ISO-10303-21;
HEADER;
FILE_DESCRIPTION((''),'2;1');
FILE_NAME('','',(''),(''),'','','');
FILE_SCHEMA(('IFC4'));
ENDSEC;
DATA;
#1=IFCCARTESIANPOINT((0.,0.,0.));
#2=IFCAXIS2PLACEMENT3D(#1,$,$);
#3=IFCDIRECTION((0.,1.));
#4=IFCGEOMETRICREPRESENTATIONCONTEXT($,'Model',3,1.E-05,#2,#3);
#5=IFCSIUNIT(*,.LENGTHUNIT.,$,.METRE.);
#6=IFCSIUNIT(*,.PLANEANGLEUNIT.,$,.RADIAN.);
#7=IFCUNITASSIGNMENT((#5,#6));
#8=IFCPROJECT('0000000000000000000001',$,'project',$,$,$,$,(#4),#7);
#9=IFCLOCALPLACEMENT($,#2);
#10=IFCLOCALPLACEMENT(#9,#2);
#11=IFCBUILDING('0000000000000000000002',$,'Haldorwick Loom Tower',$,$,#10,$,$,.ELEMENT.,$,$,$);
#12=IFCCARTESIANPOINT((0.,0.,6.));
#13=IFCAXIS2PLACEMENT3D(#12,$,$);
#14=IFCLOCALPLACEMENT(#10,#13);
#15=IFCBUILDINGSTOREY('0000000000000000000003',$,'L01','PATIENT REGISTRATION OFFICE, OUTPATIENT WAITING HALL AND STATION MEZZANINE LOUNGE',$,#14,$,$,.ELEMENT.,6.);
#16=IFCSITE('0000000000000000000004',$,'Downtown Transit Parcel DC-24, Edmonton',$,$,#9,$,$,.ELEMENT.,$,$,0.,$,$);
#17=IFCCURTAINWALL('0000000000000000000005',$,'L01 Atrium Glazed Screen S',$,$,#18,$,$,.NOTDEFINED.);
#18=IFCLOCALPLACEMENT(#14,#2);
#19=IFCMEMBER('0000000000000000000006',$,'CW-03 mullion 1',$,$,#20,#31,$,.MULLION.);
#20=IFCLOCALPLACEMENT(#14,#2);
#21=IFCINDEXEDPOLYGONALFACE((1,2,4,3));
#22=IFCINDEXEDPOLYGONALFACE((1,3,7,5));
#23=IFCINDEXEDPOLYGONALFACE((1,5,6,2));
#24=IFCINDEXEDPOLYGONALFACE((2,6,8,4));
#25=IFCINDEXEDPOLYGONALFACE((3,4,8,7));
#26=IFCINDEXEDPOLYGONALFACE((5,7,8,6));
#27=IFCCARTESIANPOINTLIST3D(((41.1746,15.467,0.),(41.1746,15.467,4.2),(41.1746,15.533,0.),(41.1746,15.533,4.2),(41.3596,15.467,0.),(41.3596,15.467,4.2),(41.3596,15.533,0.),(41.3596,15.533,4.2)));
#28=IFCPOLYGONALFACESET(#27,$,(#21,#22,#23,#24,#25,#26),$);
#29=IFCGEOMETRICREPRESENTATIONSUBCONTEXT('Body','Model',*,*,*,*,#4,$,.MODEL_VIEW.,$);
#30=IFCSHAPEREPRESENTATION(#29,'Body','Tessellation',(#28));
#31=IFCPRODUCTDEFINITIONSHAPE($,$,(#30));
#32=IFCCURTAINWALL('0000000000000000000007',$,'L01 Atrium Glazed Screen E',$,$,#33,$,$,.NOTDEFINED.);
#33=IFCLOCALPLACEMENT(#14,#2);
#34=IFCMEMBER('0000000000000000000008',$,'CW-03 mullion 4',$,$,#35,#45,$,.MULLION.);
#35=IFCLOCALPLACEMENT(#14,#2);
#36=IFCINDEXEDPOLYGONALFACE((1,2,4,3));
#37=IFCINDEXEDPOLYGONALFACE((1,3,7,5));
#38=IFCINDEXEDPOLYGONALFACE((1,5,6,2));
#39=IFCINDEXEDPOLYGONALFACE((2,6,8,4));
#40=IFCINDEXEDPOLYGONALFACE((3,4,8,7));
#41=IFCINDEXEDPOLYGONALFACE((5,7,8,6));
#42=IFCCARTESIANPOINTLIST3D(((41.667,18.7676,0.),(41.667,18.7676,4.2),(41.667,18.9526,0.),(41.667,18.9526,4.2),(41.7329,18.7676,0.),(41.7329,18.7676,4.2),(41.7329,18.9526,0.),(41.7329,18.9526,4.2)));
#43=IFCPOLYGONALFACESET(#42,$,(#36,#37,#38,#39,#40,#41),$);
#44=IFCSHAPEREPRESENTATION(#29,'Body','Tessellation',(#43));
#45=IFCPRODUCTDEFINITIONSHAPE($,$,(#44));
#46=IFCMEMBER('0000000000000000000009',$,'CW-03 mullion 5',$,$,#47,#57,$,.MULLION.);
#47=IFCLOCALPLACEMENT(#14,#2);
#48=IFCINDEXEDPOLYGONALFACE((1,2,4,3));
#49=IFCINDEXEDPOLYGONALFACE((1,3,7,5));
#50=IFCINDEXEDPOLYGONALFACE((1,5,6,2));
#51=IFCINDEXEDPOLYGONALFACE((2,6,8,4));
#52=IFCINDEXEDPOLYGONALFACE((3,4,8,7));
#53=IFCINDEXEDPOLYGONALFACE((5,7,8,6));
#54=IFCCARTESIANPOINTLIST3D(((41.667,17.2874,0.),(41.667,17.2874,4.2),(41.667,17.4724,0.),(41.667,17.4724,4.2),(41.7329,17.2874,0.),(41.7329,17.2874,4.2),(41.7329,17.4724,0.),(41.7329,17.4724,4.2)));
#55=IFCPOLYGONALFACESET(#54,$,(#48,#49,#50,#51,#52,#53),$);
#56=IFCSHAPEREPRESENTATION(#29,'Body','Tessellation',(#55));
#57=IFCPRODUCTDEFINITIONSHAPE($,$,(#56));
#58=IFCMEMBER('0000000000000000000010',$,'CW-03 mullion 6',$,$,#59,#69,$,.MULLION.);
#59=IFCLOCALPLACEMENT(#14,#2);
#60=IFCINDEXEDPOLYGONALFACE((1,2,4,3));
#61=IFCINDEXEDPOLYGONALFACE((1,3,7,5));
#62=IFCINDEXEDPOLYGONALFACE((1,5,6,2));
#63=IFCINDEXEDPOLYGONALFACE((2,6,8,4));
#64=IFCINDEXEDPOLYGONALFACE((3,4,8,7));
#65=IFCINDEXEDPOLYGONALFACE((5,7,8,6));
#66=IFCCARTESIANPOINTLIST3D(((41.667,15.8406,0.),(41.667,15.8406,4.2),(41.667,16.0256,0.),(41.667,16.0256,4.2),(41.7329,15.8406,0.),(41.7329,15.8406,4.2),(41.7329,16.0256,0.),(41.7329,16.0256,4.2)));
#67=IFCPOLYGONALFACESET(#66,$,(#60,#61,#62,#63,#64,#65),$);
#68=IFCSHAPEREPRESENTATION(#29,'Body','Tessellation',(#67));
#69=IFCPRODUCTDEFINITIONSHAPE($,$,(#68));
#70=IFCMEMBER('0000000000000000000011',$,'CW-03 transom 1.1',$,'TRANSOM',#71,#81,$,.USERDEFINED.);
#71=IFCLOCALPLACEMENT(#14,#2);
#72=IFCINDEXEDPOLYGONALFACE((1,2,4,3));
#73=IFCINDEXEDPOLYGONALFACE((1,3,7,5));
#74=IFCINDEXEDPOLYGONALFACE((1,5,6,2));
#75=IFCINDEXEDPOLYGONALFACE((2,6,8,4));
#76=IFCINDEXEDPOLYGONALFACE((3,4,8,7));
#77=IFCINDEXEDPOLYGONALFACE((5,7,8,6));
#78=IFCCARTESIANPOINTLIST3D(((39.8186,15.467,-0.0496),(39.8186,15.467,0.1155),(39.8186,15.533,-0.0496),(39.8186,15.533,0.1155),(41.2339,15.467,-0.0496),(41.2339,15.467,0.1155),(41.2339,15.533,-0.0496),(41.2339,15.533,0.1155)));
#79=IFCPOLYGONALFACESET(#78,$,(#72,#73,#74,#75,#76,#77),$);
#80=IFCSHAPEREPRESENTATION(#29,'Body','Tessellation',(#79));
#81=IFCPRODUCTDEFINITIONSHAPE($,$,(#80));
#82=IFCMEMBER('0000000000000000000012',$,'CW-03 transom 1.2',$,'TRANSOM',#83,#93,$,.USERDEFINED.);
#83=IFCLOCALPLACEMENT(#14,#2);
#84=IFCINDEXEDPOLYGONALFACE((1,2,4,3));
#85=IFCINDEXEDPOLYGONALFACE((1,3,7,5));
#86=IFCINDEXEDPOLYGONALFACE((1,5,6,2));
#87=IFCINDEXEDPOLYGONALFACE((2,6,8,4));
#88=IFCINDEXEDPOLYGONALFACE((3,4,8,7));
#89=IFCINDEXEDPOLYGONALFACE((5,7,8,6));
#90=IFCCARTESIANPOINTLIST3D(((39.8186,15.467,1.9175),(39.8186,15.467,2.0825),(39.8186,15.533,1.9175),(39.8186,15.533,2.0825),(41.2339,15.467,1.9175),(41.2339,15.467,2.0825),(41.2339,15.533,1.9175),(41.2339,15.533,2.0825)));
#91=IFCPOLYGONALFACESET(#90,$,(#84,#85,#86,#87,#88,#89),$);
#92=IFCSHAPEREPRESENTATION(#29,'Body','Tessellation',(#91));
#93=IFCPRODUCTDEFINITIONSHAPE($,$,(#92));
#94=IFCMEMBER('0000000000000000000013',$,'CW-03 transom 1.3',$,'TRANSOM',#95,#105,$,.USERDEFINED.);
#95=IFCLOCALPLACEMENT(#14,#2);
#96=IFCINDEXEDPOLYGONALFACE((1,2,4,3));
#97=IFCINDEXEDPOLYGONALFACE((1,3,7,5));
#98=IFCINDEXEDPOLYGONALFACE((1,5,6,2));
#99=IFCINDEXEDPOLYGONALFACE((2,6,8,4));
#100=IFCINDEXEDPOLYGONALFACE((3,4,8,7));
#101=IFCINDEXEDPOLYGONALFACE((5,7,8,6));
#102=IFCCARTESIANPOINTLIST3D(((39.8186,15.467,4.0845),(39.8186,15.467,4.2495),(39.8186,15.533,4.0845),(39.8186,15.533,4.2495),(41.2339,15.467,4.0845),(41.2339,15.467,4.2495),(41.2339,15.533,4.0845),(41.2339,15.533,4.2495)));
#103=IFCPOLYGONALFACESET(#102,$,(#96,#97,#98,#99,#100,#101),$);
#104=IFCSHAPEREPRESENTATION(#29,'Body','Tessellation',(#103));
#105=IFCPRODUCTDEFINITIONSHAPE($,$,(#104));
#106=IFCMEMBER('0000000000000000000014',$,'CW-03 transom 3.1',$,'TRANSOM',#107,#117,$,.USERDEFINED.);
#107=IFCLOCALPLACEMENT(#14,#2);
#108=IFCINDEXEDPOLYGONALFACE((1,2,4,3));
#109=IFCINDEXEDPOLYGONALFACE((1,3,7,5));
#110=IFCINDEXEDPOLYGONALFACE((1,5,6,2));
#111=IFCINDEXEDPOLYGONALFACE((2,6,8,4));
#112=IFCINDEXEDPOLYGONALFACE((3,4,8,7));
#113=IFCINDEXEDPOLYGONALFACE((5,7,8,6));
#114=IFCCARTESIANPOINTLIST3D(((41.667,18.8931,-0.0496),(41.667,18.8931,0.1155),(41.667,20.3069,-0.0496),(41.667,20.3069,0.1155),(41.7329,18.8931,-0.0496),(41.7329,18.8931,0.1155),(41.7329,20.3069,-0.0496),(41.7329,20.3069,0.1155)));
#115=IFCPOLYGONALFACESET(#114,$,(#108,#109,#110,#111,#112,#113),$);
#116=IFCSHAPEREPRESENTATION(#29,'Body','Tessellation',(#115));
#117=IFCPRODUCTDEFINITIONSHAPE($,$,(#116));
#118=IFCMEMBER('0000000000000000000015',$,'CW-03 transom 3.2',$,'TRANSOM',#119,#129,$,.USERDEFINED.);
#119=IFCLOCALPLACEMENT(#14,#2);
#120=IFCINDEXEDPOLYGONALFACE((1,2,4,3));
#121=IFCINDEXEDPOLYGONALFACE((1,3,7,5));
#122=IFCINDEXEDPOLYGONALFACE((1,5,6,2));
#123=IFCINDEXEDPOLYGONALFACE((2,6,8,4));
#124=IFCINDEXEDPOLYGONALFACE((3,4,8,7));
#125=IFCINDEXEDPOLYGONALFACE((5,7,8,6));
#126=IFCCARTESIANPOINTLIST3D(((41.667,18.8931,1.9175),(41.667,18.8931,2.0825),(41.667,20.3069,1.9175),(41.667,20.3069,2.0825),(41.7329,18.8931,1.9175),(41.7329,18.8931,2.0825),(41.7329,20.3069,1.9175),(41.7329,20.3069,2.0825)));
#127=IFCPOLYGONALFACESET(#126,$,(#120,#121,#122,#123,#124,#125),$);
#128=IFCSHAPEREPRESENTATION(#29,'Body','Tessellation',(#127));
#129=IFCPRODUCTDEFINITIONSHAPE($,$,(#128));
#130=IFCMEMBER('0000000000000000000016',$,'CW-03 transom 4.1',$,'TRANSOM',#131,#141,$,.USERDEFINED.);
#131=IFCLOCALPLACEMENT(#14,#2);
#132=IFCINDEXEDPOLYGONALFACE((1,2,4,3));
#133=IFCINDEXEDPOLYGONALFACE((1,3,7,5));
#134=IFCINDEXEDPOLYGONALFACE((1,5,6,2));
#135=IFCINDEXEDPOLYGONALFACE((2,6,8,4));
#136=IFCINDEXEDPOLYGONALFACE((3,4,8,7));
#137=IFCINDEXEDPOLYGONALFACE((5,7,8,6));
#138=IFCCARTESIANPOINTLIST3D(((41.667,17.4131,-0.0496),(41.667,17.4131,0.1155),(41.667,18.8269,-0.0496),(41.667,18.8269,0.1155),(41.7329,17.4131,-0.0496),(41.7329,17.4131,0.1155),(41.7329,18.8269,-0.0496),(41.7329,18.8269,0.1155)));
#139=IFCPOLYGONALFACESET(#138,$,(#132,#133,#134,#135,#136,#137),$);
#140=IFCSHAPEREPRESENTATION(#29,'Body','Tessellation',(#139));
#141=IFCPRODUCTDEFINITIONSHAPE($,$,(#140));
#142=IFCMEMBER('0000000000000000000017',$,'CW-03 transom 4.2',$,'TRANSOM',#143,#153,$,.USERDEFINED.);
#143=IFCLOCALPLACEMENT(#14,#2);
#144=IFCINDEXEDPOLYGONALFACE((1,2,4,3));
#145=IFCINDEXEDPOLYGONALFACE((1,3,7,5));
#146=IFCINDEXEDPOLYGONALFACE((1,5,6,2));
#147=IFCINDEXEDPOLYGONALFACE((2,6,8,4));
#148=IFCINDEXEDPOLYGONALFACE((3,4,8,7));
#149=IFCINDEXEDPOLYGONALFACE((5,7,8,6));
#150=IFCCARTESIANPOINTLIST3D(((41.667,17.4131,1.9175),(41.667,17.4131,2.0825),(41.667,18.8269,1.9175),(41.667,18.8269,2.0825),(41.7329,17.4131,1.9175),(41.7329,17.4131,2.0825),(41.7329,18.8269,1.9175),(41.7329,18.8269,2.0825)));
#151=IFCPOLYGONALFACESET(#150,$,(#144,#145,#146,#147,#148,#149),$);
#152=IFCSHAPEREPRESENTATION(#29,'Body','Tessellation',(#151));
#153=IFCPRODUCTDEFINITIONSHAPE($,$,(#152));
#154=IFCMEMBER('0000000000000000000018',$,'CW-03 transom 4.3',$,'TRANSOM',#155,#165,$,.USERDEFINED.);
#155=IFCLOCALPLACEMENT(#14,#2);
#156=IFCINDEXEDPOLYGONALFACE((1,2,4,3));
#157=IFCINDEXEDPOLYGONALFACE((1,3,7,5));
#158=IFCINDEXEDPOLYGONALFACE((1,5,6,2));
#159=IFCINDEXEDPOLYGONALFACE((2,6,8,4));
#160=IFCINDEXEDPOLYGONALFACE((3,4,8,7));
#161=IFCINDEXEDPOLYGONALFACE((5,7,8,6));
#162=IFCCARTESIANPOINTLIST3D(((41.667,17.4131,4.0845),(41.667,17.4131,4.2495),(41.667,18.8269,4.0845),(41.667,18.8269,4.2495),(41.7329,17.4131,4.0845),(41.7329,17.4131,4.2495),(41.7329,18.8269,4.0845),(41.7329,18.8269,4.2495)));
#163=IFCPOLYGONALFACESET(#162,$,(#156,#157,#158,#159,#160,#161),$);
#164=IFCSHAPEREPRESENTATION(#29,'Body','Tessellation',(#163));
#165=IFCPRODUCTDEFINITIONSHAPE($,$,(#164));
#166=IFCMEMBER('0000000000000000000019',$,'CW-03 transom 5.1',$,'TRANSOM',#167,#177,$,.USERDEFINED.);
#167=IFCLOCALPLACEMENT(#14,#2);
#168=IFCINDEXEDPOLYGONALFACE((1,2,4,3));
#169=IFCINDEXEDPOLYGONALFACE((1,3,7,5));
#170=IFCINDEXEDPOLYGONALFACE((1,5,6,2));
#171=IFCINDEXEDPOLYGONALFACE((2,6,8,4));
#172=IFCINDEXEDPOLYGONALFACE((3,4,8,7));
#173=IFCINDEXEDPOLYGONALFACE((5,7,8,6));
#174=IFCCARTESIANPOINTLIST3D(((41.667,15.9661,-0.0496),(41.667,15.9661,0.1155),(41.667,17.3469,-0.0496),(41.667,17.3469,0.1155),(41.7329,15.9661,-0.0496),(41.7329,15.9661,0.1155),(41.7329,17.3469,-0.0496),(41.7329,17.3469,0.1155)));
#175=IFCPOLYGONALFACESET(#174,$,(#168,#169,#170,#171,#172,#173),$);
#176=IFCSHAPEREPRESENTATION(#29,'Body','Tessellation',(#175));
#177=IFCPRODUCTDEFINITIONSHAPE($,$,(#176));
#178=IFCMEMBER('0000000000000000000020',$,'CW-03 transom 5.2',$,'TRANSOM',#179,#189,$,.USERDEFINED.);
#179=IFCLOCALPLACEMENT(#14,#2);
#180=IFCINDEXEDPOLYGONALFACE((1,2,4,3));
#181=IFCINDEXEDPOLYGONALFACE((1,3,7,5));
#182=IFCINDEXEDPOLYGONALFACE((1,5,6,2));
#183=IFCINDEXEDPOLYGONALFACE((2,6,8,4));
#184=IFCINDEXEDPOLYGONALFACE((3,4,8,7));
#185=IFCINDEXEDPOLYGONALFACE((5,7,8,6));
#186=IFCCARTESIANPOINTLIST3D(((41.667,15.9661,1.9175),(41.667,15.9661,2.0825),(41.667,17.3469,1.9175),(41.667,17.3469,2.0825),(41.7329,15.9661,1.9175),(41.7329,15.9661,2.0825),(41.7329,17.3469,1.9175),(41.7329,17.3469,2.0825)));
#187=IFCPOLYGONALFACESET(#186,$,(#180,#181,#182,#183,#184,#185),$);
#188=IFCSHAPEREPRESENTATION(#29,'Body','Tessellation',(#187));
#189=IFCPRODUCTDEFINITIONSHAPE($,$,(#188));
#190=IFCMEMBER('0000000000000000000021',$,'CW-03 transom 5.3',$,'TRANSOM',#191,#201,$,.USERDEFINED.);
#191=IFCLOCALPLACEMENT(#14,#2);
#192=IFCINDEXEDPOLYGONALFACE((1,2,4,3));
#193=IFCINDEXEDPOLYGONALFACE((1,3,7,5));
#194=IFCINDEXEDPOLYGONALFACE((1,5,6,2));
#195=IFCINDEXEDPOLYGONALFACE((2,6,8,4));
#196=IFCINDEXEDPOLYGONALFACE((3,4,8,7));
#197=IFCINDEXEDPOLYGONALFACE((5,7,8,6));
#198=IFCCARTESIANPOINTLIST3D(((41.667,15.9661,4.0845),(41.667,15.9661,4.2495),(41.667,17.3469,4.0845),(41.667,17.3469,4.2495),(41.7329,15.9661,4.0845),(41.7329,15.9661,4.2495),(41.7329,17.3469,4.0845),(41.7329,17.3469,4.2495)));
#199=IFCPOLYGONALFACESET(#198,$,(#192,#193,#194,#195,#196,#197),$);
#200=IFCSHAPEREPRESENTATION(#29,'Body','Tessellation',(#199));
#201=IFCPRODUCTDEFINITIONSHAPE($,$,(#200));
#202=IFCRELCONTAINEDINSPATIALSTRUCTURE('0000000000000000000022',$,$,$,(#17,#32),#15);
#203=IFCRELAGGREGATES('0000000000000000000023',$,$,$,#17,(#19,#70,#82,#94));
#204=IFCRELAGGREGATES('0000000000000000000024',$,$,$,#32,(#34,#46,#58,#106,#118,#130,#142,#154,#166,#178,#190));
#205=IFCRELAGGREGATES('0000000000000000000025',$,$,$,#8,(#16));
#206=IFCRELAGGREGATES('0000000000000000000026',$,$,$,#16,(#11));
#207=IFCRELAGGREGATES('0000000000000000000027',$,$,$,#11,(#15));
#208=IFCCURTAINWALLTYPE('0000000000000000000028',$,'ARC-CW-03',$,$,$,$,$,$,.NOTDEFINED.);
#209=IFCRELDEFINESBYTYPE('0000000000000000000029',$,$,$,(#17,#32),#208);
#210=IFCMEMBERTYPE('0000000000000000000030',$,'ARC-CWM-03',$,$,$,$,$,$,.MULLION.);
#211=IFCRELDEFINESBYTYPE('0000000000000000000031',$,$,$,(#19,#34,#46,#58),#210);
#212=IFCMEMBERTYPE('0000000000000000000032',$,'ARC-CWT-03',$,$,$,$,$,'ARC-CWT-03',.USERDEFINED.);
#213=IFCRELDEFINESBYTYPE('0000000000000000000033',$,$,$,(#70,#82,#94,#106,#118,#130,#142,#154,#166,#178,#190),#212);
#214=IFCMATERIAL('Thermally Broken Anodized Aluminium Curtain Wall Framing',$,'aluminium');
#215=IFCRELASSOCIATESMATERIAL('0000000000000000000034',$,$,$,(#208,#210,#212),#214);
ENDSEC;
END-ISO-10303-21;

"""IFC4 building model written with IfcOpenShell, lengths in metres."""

from ifc_helpers import new_model, si_unit, direction, frame, origin, origin_2d, place, context, subcontext, project, spatial, rectangle, extrude, material, material_profile, profile_set, type_object, element, aggregate, save


model = new_model("IFC4")

# Units and contexts
model_context = context("Model", 3, precision=1e-05, world=origin(), true_north=direction((0.0, 1.0)))
body_context = subcontext(model_context, "Body", "Model", "MODEL_VIEW")
ifc_project = project(units=[si_unit("LENGTHUNIT", "METRE"), si_unit("PLANEANGLEUNIT", "RADIAN")], contexts=[model_context])

# Site, building, storey
site_placement = place(None, origin())
site = spatial("IfcSite", under=ifc_project, at=site_placement, Name="Downtown Transit Parcel DC-24, Edmonton", CompositionType="ELEMENT", RefElevation=0.0)
building_placement = place(site_placement, origin())
building = spatial("IfcBuilding", under=site, at=building_placement, Name="Haldorwick Loom Tower", CompositionType="ELEMENT")
storey_placement = place(building_placement, frame((0.0, 0.0, 6.0)))
storey = spatial("IfcBuildingStorey", under=building, at=storey_placement, Name="L01", Description="PATIENT REGISTRATION OFFICE, OUTPATIENT WAITING HALL AND STATION MEZZANINE LOUNGE", CompositionType="ELEMENT", Elevation=6.0)

# Curtain wall, member
ifc_material_1 = material(Name="Thermally Broken Anodized Aluminium Curtain Wall Framing", Category="aluminium")
curtain_wall_type = type_object("IfcCurtainWallType", Name="ARC-CW-03", PredefinedType="NOTDEFINED", material=ifc_material_1)
curtain_wall_1_placement = place(storey_placement, origin())
curtain_wall_1 = element("IfcCurtainWall", 1, at=curtain_wall_1_placement, inside=storey, type_object=curtain_wall_type, Name="L01 Atrium Glazed Screen S", PredefinedType="NOTDEFINED")
ifc_material_profile_1 = material_profile(ifc_material_1, rectangle(XDim=0.0659, YDim=0.1851, at=origin_2d()), Name="ALU_MUL_66X185", Category="aluminium")
ifc_profile_set_1 = profile_set([ifc_material_profile_1], Name="Thermally Broken Anodized Aluminium Curtain Wall Framing")
member_type_1 = type_object("IfcMemberType", Name="ARC-CWM-03", PredefinedType="MULLION", material=ifc_profile_set_1)
member_1_placement = place(storey_placement, frame((41.2671, 15.5, 0.0), z_axis=(0.0, 0.0, 1.0), x_axis=(0.0, -1.0, 0.0)))
member_1 = element("IfcMember", 2, at=member_1_placement, type_object=member_type_1, Name="CW-03 mullion 1", PredefinedType="MULLION", context=body_context, shape_type="SweptSolid", body=[
    extrude(rectangle(XDim=0.0659, YDim=0.1851, at=origin_2d()), origin(), (0.0, 0.0, 1.0), 4.2),
])

# Curtain wall, members
curtain_wall_2_placement = place(storey_placement, origin())
curtain_wall_2 = element("IfcCurtainWall", 3, at=curtain_wall_2_placement, inside=storey, type_object=curtain_wall_type, Name="L01 Atrium Glazed Screen E", PredefinedType="NOTDEFINED")
member_2_placement = place(storey_placement, frame((41.7, 18.8601, 0.0), z_axis=(0.0, 0.0, 1.0), x_axis=(1.0, 0.0, 0.0)))
member_2 = element("IfcMember", 4, at=member_2_placement, type_object=member_type_1, Name="CW-03 mullion 4", PredefinedType="MULLION", context=body_context, shape_type="SweptSolid", body=[
    extrude(rectangle(XDim=0.0659, YDim=0.1851, at=origin_2d()), origin(), (0.0, 0.0, 1.0), 4.2),
])
member_3_placement = place(storey_placement, frame((41.7, 17.3799, 0.0), z_axis=(0.0, 0.0, 1.0), x_axis=(1.0, 0.0, 0.0)))
member_3 = element("IfcMember", 5, at=member_3_placement, type_object=member_type_1, Name="CW-03 mullion 5", PredefinedType="MULLION", context=body_context, shape_type="SweptSolid", body=[
    extrude(rectangle(XDim=0.0659, YDim=0.1851, at=origin_2d()), origin(), (0.0, 0.0, 1.0), 4.2),
])
member_4_placement = place(storey_placement, frame((41.7, 15.9331, 0.0), z_axis=(0.0, 0.0, 1.0), x_axis=(1.0, 0.0, 0.0)))
member_4 = element("IfcMember", 6, at=member_4_placement, type_object=member_type_1, Name="CW-03 mullion 6", PredefinedType="MULLION", context=body_context, shape_type="SweptSolid", body=[
    extrude(rectangle(XDim=0.0659, YDim=0.1851, at=origin_2d()), origin(), (0.0, 0.0, 1.0), 4.2),
])

# Members
ifc_material_profile_2 = material_profile(ifc_material_1, rectangle(XDim=0.0659, YDim=0.165, at=origin_2d()), Name="ALU_TRN_66X165", Category="aluminium")
ifc_profile_set_2 = profile_set([ifc_material_profile_2], Name="Thermally Broken Anodized Aluminium Curtain Wall Framing")
member_type_2 = type_object("IfcMemberType", Name="ARC-CWT-03", ElementType="ARC-CWT-03", PredefinedType="USERDEFINED", material=ifc_profile_set_2)
member_5_placement = place(storey_placement, frame((41.2339, 15.5, 0.033), z_axis=(-1.0, 0.0, 0.0), x_axis=(0.0, -1.0, 0.0)))
member_5 = element("IfcMember", 7, at=member_5_placement, type_object=member_type_2, Name="CW-03 transom 1.1", ObjectType="TRANSOM", PredefinedType="USERDEFINED", context=body_context, shape_type="SweptSolid", body=[
    extrude(rectangle(XDim=0.0659, YDim=0.165, at=origin_2d()), origin(), (0.0, 0.0, 1.0), 1.4153),
])
member_6_placement = place(storey_placement, frame((41.2339, 15.5, 2.0), z_axis=(-1.0, 0.0, 0.0), x_axis=(0.0, -1.0, 0.0)))
member_6 = element("IfcMember", 8, at=member_6_placement, type_object=member_type_2, Name="CW-03 transom 1.2", ObjectType="TRANSOM", PredefinedType="USERDEFINED", context=body_context, shape_type="SweptSolid", body=[
    extrude(rectangle(XDim=0.0659, YDim=0.165, at=origin_2d()), origin(), (0.0, 0.0, 1.0), 1.4153),
])
member_7_placement = place(storey_placement, frame((41.2339, 15.5, 4.167), z_axis=(-1.0, 0.0, 0.0), x_axis=(0.0, -1.0, 0.0)))
member_7 = element("IfcMember", 9, at=member_7_placement, type_object=member_type_2, Name="CW-03 transom 1.3", ObjectType="TRANSOM", PredefinedType="USERDEFINED", context=body_context, shape_type="SweptSolid", body=[
    extrude(rectangle(XDim=0.0659, YDim=0.165, at=origin_2d()), origin(), (0.0, 0.0, 1.0), 1.4153),
])
member_8_placement = place(storey_placement, frame((41.7, 20.3069, 0.033), z_axis=(0.0, -1.0, 0.0), x_axis=(1.0, 0.0, 0.0)))
member_8 = element("IfcMember", 10, at=member_8_placement, type_object=member_type_2, Name="CW-03 transom 3.1", ObjectType="TRANSOM", PredefinedType="USERDEFINED", context=body_context, shape_type="SweptSolid", body=[
    extrude(rectangle(XDim=0.0659, YDim=0.165, at=origin_2d()), origin(), (0.0, 0.0, 1.0), 1.4138),
])
member_9_placement = place(storey_placement, frame((41.7, 20.3069, 2.0), z_axis=(0.0, -1.0, 0.0), x_axis=(1.0, 0.0, 0.0)))
member_9 = element("IfcMember", 11, at=member_9_placement, type_object=member_type_2, Name="CW-03 transom 3.2", ObjectType="TRANSOM", PredefinedType="USERDEFINED", context=body_context, shape_type="SweptSolid", body=[
    extrude(rectangle(XDim=0.0659, YDim=0.165, at=origin_2d()), origin(), (0.0, 0.0, 1.0), 1.4138),
])
member_10_placement = place(storey_placement, frame((41.7, 18.8269, 0.033), z_axis=(0.0, -1.0, 0.0), x_axis=(1.0, 0.0, 0.0)))
member_10 = element("IfcMember", 12, at=member_10_placement, type_object=member_type_2, Name="CW-03 transom 4.1", ObjectType="TRANSOM", PredefinedType="USERDEFINED", context=body_context, shape_type="SweptSolid", body=[
    extrude(rectangle(XDim=0.0659, YDim=0.165, at=origin_2d()), origin(), (0.0, 0.0, 1.0), 1.4138),
])
member_11_placement = place(storey_placement, frame((41.7, 18.8269, 2.0), z_axis=(0.0, -1.0, 0.0), x_axis=(1.0, 0.0, 0.0)))
member_11 = element("IfcMember", 13, at=member_11_placement, type_object=member_type_2, Name="CW-03 transom 4.2", ObjectType="TRANSOM", PredefinedType="USERDEFINED", context=body_context, shape_type="SweptSolid", body=[
    extrude(rectangle(XDim=0.0659, YDim=0.165, at=origin_2d()), origin(), (0.0, 0.0, 1.0), 1.4138),
])
member_12_placement = place(storey_placement, frame((41.7, 18.8269, 4.167), z_axis=(0.0, -1.0, 0.0), x_axis=(1.0, 0.0, 0.0)))
member_12 = element("IfcMember", 14, at=member_12_placement, type_object=member_type_2, Name="CW-03 transom 4.3", ObjectType="TRANSOM", PredefinedType="USERDEFINED", context=body_context, shape_type="SweptSolid", body=[
    extrude(rectangle(XDim=0.0659, YDim=0.165, at=origin_2d()), origin(), (0.0, 0.0, 1.0), 1.4138),
])
member_13_placement = place(storey_placement, frame((41.7, 17.3469, 0.033), z_axis=(0.0, -1.0, 0.0), x_axis=(1.0, 0.0, 0.0)))
member_13 = element("IfcMember", 15, at=member_13_placement, type_object=member_type_2, Name="CW-03 transom 5.1", ObjectType="TRANSOM", PredefinedType="USERDEFINED", context=body_context, shape_type="SweptSolid", body=[
    extrude(rectangle(XDim=0.0659, YDim=0.165, at=origin_2d()), origin(), (0.0, 0.0, 1.0), 1.3809),
])
member_14_placement = place(storey_placement, frame((41.7, 17.3469, 2.0), z_axis=(0.0, -1.0, 0.0), x_axis=(1.0, 0.0, 0.0)))
member_14 = element("IfcMember", 16, at=member_14_placement, type_object=member_type_2, Name="CW-03 transom 5.2", ObjectType="TRANSOM", PredefinedType="USERDEFINED", context=body_context, shape_type="SweptSolid", body=[
    extrude(rectangle(XDim=0.0659, YDim=0.165, at=origin_2d()), origin(), (0.0, 0.0, 1.0), 1.3809),
])
member_15_placement = place(storey_placement, frame((41.7, 17.3469, 4.167), z_axis=(0.0, -1.0, 0.0), x_axis=(1.0, 0.0, 0.0)))
member_15 = element("IfcMember", 17, at=member_15_placement, type_object=member_type_2, Name="CW-03 transom 5.3", ObjectType="TRANSOM", PredefinedType="USERDEFINED", context=body_context, shape_type="SweptSolid", body=[
    extrude(rectangle(XDim=0.0659, YDim=0.165, at=origin_2d()), origin(), (0.0, 0.0, 1.0), 1.3809),
])

aggregate(curtain_wall_1, [member_1, member_5, member_6, member_7])
aggregate(curtain_wall_2, [member_2, member_3, member_4, member_8, member_9, member_10, member_11, member_12, member_13, member_14, member_15])

save(model, "model.ifc")
